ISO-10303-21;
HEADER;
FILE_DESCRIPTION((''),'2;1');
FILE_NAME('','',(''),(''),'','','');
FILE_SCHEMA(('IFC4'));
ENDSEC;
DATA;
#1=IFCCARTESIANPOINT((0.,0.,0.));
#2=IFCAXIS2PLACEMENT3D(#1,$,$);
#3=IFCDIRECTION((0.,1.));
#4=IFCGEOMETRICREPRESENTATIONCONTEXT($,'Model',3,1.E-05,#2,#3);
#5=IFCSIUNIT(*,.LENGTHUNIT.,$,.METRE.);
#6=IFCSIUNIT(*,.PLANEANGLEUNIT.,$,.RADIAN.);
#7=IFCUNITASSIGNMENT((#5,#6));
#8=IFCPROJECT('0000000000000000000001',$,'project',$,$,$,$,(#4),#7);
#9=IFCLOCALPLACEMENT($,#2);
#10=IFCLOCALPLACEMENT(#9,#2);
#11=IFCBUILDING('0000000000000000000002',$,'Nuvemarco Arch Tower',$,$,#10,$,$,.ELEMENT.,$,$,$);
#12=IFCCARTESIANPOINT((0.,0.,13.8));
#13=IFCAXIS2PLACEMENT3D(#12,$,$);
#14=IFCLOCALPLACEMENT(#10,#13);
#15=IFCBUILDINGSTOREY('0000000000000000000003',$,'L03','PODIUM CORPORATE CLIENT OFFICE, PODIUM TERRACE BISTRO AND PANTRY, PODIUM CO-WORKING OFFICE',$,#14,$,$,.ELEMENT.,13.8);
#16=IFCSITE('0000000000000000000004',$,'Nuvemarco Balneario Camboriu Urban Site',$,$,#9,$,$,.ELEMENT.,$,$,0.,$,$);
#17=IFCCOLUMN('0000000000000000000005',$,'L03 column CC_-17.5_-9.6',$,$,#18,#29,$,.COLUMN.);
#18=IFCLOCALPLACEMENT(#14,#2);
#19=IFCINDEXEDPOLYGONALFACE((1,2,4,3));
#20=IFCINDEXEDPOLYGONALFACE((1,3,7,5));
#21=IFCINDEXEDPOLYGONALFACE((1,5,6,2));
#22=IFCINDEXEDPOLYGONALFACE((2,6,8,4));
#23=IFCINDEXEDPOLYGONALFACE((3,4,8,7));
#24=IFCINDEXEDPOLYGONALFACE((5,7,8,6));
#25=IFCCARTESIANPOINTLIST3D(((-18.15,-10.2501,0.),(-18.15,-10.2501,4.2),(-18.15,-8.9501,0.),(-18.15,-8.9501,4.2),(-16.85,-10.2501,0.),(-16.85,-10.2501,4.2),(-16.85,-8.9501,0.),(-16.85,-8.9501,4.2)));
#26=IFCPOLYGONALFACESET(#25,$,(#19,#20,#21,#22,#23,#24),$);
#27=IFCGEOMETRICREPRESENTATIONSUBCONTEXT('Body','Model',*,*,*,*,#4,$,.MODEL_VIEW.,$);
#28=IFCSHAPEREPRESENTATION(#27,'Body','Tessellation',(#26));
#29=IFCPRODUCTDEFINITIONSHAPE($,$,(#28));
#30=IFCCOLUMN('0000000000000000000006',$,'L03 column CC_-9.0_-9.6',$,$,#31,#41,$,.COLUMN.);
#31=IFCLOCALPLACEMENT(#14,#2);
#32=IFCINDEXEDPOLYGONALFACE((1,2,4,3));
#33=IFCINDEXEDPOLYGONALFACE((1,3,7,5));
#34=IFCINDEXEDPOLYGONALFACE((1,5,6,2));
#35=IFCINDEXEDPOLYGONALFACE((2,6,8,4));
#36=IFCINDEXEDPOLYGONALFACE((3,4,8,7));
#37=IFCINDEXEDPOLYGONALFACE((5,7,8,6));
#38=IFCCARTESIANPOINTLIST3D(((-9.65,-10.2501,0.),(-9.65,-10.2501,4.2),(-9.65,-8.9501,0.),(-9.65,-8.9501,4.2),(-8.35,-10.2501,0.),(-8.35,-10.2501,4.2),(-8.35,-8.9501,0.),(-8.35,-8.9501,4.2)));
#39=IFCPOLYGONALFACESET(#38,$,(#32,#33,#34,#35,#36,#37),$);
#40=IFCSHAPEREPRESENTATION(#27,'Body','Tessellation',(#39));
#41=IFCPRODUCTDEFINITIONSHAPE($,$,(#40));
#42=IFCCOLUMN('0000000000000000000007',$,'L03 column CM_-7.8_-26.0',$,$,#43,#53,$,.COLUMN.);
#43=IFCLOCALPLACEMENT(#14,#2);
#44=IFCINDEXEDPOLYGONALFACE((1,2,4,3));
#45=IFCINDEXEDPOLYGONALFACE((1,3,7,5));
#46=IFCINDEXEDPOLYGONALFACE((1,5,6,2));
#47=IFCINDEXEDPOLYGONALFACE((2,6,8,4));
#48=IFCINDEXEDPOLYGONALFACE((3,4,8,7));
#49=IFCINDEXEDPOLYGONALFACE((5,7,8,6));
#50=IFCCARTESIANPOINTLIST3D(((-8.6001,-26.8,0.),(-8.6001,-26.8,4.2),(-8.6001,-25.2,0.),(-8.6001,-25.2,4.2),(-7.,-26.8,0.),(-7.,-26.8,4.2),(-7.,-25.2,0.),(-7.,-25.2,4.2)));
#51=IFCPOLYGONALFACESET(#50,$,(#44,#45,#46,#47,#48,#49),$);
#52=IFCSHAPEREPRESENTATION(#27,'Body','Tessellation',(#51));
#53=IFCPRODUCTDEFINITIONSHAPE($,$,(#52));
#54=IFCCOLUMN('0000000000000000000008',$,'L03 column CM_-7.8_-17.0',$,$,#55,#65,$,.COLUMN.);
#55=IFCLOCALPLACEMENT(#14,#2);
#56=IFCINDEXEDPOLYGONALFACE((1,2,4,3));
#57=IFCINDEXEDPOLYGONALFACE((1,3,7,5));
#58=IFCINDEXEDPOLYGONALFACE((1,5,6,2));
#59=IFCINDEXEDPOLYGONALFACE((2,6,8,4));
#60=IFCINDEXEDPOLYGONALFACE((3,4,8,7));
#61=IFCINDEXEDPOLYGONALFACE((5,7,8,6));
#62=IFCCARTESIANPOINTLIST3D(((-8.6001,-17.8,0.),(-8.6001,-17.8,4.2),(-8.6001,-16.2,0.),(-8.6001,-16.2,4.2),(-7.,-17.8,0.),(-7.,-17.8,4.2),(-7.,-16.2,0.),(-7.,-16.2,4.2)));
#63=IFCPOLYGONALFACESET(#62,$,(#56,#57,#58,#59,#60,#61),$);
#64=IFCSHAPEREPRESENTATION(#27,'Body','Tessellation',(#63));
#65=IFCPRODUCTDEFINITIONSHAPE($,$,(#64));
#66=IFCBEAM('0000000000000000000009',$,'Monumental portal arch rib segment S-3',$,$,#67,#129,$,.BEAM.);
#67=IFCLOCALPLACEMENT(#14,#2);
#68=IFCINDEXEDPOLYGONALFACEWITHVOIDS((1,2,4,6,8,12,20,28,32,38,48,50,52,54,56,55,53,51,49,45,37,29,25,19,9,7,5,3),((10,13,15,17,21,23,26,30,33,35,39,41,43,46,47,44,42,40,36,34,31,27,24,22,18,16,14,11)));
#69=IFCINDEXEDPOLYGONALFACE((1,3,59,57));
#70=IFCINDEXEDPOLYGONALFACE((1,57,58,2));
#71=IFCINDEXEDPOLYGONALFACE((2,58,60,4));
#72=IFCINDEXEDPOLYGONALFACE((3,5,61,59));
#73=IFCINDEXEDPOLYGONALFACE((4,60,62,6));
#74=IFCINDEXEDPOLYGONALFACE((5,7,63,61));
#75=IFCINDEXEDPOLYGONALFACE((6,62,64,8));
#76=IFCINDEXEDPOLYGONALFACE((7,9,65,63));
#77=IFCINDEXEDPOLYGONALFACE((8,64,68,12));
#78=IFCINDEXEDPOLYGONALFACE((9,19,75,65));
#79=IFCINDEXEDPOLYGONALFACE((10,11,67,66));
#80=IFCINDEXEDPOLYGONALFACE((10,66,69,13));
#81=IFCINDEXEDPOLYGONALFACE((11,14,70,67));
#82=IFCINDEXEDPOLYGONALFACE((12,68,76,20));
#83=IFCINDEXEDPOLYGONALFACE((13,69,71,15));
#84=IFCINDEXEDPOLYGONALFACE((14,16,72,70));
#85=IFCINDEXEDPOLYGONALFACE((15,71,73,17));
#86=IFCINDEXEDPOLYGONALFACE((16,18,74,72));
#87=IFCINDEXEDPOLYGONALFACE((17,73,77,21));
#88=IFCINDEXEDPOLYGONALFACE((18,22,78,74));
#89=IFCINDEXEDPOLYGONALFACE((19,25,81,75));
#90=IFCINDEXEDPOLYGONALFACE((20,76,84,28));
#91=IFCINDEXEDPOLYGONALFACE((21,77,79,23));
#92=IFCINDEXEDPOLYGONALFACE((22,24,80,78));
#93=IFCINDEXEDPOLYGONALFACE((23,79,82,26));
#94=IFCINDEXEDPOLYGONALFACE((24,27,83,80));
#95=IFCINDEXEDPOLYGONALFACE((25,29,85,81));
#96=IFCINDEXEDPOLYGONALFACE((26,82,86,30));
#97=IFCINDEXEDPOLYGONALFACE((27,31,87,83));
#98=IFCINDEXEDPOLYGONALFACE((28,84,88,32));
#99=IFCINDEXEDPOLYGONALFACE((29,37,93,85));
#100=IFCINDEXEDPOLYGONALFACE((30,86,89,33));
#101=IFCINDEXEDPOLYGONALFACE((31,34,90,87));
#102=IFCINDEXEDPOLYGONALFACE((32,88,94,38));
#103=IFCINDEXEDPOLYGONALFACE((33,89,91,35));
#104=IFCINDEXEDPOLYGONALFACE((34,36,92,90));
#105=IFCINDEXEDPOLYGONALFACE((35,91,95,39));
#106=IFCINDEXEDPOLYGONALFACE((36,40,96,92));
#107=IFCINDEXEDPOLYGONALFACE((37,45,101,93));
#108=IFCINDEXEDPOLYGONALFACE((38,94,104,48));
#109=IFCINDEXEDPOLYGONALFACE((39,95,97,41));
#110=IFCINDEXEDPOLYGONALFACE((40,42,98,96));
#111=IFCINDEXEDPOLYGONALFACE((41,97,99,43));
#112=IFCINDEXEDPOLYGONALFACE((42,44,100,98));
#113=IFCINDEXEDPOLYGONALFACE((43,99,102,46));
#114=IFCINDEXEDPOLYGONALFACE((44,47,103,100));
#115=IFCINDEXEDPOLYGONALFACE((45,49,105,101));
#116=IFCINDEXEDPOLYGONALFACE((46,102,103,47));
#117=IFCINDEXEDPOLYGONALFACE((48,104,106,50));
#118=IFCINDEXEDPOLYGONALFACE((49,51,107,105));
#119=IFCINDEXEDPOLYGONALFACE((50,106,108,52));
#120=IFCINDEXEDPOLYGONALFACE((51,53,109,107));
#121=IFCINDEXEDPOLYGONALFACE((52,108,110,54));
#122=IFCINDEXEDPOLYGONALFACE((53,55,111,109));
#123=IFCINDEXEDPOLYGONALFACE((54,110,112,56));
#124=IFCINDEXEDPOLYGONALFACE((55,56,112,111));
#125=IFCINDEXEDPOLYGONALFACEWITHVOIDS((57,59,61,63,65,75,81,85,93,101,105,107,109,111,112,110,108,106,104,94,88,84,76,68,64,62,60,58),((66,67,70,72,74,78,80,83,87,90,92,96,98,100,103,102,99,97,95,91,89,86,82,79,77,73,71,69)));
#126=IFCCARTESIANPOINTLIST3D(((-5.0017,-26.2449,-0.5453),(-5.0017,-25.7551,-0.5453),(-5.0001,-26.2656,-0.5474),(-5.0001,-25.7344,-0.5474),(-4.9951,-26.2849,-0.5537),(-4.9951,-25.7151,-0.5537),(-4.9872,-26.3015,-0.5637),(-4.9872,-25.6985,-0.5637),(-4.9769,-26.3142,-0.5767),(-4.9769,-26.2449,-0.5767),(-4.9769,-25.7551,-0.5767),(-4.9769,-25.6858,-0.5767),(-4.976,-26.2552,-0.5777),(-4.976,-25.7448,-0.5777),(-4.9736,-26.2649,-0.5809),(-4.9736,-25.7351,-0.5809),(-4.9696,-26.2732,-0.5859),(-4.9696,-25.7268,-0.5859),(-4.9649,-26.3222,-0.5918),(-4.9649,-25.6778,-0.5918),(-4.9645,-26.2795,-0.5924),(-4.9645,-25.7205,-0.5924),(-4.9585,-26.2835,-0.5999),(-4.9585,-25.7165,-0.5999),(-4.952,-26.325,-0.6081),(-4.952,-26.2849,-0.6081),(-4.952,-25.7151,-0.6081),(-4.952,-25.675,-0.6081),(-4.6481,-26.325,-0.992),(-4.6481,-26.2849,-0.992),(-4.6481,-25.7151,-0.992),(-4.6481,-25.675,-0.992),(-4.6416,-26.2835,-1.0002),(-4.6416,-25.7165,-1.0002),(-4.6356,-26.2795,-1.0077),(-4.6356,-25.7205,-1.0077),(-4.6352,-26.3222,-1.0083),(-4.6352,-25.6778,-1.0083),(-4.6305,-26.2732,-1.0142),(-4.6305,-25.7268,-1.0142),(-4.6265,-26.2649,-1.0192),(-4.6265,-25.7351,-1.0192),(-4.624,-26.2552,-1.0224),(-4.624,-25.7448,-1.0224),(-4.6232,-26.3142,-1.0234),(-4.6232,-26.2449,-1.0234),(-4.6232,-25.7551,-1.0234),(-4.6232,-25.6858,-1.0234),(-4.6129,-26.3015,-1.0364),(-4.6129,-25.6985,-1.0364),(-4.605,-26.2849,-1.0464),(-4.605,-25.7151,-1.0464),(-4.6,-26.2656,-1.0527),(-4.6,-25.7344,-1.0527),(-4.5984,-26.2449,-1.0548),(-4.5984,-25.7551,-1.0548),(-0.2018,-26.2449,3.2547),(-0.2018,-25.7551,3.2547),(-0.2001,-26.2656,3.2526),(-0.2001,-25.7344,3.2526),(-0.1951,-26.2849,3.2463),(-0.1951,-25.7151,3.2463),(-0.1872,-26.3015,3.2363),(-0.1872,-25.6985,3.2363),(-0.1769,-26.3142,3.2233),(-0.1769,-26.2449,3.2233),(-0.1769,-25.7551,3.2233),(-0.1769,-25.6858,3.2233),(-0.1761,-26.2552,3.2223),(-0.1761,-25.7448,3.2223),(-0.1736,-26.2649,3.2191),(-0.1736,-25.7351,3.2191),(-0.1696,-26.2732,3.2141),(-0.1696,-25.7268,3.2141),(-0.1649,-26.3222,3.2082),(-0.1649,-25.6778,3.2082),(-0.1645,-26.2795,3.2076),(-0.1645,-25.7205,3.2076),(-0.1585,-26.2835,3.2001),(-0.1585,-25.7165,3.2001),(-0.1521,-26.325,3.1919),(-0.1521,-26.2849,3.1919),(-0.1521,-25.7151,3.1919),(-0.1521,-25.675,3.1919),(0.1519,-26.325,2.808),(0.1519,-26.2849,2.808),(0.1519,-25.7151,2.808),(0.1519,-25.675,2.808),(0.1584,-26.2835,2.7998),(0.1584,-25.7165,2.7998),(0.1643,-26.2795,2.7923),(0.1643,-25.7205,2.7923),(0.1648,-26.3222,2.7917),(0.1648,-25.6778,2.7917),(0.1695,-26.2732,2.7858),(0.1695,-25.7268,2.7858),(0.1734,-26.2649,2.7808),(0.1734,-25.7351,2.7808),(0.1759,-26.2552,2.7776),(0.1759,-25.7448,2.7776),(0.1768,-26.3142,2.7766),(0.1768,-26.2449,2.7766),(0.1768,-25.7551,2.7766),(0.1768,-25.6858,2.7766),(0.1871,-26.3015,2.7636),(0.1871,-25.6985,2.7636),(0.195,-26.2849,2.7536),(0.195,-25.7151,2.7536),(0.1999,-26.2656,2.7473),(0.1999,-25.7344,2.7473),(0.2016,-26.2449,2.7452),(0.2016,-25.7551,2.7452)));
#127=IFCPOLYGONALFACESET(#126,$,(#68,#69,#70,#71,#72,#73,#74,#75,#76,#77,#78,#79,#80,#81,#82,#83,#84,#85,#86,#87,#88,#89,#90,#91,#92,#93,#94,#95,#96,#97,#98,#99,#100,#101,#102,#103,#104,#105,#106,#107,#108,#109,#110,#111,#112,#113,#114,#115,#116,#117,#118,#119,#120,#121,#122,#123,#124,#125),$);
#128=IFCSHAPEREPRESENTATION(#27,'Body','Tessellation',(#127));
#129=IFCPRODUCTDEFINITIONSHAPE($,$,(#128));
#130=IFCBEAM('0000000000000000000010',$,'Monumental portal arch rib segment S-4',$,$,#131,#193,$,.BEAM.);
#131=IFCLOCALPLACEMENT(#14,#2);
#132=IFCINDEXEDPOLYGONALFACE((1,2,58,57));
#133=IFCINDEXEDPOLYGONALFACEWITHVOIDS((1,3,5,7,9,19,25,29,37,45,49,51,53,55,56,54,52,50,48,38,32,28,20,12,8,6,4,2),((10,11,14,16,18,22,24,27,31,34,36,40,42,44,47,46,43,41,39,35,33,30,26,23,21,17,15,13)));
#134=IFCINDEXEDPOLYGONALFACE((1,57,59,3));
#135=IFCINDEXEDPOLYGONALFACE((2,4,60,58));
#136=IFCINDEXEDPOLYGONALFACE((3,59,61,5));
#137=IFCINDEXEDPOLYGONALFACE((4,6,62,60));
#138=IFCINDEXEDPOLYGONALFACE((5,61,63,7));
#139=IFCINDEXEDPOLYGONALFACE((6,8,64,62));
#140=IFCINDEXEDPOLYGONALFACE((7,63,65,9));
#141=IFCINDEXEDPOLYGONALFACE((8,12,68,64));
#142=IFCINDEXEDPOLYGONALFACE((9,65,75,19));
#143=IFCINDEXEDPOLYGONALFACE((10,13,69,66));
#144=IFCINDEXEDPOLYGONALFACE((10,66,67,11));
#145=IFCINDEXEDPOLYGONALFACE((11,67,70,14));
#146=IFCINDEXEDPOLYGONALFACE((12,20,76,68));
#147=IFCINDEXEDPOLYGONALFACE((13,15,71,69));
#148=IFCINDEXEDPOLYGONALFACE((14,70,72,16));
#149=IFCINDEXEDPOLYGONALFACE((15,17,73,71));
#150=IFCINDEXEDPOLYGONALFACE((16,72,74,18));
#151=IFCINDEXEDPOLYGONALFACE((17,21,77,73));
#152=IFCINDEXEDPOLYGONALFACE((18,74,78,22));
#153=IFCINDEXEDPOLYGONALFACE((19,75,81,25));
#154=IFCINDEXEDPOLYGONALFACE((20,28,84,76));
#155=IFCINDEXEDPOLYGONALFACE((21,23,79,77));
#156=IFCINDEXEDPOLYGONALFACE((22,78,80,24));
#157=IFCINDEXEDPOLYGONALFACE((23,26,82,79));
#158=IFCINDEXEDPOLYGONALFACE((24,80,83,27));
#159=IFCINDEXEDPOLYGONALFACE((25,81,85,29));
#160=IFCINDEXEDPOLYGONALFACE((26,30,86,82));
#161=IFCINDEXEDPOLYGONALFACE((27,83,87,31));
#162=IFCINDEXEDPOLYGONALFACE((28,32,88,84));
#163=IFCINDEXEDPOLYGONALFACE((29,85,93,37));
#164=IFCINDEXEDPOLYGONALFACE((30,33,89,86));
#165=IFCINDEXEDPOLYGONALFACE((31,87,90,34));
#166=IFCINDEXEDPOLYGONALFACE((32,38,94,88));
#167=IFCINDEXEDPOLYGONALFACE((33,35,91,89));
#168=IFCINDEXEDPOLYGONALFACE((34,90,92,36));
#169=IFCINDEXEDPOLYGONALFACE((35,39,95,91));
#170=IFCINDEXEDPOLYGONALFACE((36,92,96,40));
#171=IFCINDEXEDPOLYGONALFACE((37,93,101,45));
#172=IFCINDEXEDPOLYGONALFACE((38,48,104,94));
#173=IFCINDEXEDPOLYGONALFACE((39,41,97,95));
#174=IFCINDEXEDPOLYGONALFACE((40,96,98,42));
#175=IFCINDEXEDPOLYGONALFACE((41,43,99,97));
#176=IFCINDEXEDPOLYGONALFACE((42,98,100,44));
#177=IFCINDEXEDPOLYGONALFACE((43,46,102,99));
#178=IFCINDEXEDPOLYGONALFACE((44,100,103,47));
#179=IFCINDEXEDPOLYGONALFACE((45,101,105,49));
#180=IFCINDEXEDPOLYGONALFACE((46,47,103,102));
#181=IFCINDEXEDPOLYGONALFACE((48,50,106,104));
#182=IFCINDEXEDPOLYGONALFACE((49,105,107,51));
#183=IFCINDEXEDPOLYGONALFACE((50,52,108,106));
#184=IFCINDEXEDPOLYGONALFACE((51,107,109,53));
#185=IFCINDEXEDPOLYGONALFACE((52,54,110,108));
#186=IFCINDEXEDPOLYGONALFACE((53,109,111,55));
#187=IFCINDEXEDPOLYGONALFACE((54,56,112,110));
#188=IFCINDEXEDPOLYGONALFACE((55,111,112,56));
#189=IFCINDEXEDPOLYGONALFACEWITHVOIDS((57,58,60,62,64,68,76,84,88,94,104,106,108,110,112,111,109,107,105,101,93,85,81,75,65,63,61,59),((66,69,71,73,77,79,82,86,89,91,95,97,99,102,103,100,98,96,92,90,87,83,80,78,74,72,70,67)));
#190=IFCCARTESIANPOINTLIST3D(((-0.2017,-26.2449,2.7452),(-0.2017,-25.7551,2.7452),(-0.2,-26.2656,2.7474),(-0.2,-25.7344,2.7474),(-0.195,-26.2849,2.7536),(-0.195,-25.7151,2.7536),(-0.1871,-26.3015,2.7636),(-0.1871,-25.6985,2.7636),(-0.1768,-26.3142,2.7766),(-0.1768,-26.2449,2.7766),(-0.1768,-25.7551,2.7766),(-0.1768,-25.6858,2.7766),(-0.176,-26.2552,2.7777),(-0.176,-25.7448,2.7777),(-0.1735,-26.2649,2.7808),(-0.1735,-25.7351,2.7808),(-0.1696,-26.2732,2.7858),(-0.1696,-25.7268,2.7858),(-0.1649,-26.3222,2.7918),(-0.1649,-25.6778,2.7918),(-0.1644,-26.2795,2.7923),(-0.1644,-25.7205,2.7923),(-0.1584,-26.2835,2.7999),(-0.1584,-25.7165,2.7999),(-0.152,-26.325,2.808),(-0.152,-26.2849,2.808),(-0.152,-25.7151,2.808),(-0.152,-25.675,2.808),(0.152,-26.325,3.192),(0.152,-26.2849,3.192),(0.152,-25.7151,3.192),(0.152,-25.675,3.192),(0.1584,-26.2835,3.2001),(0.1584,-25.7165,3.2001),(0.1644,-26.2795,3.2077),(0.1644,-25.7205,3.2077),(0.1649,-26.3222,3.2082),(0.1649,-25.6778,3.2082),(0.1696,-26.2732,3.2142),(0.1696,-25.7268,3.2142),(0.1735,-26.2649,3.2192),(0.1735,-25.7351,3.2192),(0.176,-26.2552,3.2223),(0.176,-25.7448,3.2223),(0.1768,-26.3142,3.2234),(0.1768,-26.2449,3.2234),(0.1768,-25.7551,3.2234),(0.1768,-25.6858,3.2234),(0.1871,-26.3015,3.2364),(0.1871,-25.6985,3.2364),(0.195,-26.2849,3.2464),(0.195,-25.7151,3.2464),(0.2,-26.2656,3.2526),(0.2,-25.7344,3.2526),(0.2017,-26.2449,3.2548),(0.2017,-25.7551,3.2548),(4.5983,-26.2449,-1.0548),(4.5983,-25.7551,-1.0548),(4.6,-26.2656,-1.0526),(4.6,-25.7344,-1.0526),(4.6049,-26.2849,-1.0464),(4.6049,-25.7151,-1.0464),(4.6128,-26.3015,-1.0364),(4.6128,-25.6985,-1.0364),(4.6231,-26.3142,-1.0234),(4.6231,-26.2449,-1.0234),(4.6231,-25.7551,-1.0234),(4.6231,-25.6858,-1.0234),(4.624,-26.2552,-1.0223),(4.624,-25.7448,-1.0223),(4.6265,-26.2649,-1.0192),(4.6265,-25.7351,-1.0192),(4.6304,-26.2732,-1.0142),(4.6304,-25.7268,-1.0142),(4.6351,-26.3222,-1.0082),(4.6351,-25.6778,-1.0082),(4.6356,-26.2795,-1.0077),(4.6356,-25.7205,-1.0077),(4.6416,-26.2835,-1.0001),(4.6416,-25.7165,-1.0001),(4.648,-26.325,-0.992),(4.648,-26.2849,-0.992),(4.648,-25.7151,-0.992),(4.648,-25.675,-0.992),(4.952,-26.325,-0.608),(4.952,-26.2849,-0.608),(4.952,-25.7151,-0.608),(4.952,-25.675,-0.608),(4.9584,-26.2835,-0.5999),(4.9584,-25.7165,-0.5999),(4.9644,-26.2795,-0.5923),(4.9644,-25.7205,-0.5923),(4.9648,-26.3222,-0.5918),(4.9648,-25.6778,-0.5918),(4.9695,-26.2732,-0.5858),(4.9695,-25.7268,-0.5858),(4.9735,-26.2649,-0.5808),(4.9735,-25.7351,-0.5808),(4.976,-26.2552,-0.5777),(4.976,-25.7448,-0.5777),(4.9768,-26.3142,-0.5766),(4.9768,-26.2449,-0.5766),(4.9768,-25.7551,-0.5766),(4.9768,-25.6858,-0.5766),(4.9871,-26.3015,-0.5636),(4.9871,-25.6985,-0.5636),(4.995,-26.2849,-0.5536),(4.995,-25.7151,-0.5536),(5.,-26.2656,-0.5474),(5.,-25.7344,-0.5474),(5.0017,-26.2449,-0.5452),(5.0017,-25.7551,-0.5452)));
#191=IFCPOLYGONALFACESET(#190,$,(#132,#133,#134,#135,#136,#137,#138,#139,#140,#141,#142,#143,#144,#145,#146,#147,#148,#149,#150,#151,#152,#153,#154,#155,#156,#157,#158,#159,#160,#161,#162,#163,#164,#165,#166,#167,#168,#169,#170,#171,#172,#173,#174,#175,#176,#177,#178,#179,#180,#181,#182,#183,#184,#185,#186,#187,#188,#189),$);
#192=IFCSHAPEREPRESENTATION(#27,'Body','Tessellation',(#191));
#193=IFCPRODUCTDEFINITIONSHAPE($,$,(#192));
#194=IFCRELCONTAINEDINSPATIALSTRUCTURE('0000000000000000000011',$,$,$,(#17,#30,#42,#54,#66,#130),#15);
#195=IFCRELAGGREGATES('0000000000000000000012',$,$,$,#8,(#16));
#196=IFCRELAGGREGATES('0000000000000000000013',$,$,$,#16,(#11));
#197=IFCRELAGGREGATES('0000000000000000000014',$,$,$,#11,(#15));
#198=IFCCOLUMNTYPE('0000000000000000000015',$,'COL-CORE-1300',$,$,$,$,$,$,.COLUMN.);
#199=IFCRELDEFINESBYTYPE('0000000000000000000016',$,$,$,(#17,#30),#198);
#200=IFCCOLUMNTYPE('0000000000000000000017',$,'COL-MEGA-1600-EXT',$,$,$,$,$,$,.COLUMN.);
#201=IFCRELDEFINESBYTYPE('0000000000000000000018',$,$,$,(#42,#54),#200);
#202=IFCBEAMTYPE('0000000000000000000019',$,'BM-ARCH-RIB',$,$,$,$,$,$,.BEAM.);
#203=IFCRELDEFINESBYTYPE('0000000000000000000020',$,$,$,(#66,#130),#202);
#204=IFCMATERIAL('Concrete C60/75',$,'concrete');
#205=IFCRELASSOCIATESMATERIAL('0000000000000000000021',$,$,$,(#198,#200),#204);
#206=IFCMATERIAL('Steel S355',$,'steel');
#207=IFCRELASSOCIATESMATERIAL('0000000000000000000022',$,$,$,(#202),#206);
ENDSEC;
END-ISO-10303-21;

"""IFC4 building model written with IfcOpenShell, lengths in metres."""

from ifc_helpers import new_model, si_unit, direction, frame, origin, origin_2d, place, context, subcontext, project, spatial, rectangle, hollow_rectangle, extrude, material, material_profile, profile_set, type_object, element, save


model = new_model("IFC4")

# Units and contexts
model_context = context("Model", 3, precision=1e-05, world=origin(), true_north=direction((0.0, 1.0)))
body_context = subcontext(model_context, "Body", "Model", "MODEL_VIEW")
ifc_project = project(units=[si_unit("LENGTHUNIT", "METRE"), si_unit("PLANEANGLEUNIT", "RADIAN")], contexts=[model_context])

# Site, building, storey
site_placement = place(None, origin())
site = spatial("IfcSite", under=ifc_project, at=site_placement, Name="Nuvemarco Balneario Camboriu Urban Site", CompositionType="ELEMENT", RefElevation=0.0)
building_placement = place(site_placement, origin())
building = spatial("IfcBuilding", under=site, at=building_placement, Name="Nuvemarco Arch Tower", CompositionType="ELEMENT")
storey_placement = place(building_placement, frame((0.0, 0.0, 13.8)))
storey = spatial("IfcBuildingStorey", under=building, at=storey_placement, Name="L03", Description="PODIUM CORPORATE CLIENT OFFICE, PODIUM TERRACE BISTRO AND PANTRY, PODIUM CO-WORKING OFFICE", CompositionType="ELEMENT", Elevation=13.8)

# Columns
ifc_material_1 = material(Name="Concrete C60/75", Category="concrete")
ifc_material_profile_1 = material_profile(ifc_material_1, rectangle(XDim=1.3, YDim=1.3, at=origin_2d()), Name="RC-COL-1300x1300")
ifc_profile_set_1 = profile_set([ifc_material_profile_1], Name="Concrete C60/75")
column_type_1 = type_object("IfcColumnType", Name="COL-CORE-1300", PredefinedType="COLUMN", material=ifc_profile_set_1)
for number, where, z_axis, x_axis, name in (
    (1, (-17.5, -9.6001, 0.0), (0.0, 0.0, 1.0), (1.0, 0.0, 0.0), "L03 column CC_-17.5_-9.6"),
    (2, (-9.0, -9.6001, 0.0), (0.0, 0.0, 1.0), (1.0, 0.0, 0.0), "L03 column CC_-9.0_-9.6"),
):
    element("IfcColumn", number, at=place(storey_placement, frame(where, z_axis=z_axis, x_axis=x_axis)), inside=storey, type_object=column_type_1, Name=name, PredefinedType="COLUMN", context=body_context, shape_type="SweptSolid", body=[
        extrude(rectangle(XDim=1.3, YDim=1.3, at=origin_2d()), origin(), (0.0, 0.0, 1.0), 4.2),
    ])
ifc_material_profile_2 = material_profile(ifc_material_1, rectangle(XDim=1.6001, YDim=1.6001, at=origin_2d()), Name="RC-COL-1600x1600")
ifc_profile_set_2 = profile_set([ifc_material_profile_2], Name="Concrete C60/75")
column_type_2 = type_object("IfcColumnType", Name="COL-MEGA-1600-EXT", PredefinedType="COLUMN", material=ifc_profile_set_2)
for number, where, z_axis, x_axis, name in (
    (3, (-7.8, -26.0, 0.0), (0.0, 0.0, 1.0), (1.0, 0.0, 0.0), "L03 column CM_-7.8_-26.0"),
    (4, (-7.8, -17.0, 0.0), (0.0, 0.0, 1.0), (1.0, 0.0, 0.0), "L03 column CM_-7.8_-17.0"),
):
    element("IfcColumn", number, at=place(storey_placement, frame(where, z_axis=z_axis, x_axis=x_axis)), inside=storey, type_object=column_type_2, Name=name, PredefinedType="COLUMN", context=body_context, shape_type="SweptSolid", body=[
        extrude(rectangle(XDim=1.6001, YDim=1.6001, at=origin_2d()), origin(), (0.0, 0.0, 1.0), 4.2),
    ])

# Beams
ifc_material_2 = material(Name="Steel S355", Category="steel")
ifc_material_profile_3 = material_profile(ifc_material_2, hollow_rectangle(XDim=0.6499, YDim=0.6499, WallThickness=0.04, InnerFilletRadius=0.04, OuterFilletRadius=0.0801, at=origin_2d()), Name="SHS650x650x40")
ifc_profile_set_3 = profile_set([ifc_material_profile_3], Name="Steel S355")
beam_type_1 = type_object("IfcBeamType", Name="BM-ARCH-RIB", PredefinedType="BEAM", material=ifc_profile_set_3)
for number, where, z_axis, x_axis, name in (
    (5, (-4.8, -26.0, -0.8), (0.784045, 0.0, 0.620704), (0.0, 1.0, 0.0), "Monumental portal arch rib segment S-3"),
    (6, (0.0, -26.0, 3.0), (0.784045, 0.0, -0.620704), (0.0, 1.0, 0.0), "Monumental portal arch rib segment S-4"),
):
    element("IfcBeam", number, at=place(storey_placement, frame(where, z_axis=z_axis, x_axis=x_axis)), inside=storey, type_object=beam_type_1, Name=name, PredefinedType="BEAM", context=body_context, shape_type="SweptSolid", body=[
        extrude(hollow_rectangle(XDim=0.6499, YDim=0.6499, WallThickness=0.04, InnerFilletRadius=0.04, OuterFilletRadius=0.0801, at=origin_2d()), origin(), (0.0, 0.0, 1.0), 6.1221),
    ])

save(model, "model.ifc")
